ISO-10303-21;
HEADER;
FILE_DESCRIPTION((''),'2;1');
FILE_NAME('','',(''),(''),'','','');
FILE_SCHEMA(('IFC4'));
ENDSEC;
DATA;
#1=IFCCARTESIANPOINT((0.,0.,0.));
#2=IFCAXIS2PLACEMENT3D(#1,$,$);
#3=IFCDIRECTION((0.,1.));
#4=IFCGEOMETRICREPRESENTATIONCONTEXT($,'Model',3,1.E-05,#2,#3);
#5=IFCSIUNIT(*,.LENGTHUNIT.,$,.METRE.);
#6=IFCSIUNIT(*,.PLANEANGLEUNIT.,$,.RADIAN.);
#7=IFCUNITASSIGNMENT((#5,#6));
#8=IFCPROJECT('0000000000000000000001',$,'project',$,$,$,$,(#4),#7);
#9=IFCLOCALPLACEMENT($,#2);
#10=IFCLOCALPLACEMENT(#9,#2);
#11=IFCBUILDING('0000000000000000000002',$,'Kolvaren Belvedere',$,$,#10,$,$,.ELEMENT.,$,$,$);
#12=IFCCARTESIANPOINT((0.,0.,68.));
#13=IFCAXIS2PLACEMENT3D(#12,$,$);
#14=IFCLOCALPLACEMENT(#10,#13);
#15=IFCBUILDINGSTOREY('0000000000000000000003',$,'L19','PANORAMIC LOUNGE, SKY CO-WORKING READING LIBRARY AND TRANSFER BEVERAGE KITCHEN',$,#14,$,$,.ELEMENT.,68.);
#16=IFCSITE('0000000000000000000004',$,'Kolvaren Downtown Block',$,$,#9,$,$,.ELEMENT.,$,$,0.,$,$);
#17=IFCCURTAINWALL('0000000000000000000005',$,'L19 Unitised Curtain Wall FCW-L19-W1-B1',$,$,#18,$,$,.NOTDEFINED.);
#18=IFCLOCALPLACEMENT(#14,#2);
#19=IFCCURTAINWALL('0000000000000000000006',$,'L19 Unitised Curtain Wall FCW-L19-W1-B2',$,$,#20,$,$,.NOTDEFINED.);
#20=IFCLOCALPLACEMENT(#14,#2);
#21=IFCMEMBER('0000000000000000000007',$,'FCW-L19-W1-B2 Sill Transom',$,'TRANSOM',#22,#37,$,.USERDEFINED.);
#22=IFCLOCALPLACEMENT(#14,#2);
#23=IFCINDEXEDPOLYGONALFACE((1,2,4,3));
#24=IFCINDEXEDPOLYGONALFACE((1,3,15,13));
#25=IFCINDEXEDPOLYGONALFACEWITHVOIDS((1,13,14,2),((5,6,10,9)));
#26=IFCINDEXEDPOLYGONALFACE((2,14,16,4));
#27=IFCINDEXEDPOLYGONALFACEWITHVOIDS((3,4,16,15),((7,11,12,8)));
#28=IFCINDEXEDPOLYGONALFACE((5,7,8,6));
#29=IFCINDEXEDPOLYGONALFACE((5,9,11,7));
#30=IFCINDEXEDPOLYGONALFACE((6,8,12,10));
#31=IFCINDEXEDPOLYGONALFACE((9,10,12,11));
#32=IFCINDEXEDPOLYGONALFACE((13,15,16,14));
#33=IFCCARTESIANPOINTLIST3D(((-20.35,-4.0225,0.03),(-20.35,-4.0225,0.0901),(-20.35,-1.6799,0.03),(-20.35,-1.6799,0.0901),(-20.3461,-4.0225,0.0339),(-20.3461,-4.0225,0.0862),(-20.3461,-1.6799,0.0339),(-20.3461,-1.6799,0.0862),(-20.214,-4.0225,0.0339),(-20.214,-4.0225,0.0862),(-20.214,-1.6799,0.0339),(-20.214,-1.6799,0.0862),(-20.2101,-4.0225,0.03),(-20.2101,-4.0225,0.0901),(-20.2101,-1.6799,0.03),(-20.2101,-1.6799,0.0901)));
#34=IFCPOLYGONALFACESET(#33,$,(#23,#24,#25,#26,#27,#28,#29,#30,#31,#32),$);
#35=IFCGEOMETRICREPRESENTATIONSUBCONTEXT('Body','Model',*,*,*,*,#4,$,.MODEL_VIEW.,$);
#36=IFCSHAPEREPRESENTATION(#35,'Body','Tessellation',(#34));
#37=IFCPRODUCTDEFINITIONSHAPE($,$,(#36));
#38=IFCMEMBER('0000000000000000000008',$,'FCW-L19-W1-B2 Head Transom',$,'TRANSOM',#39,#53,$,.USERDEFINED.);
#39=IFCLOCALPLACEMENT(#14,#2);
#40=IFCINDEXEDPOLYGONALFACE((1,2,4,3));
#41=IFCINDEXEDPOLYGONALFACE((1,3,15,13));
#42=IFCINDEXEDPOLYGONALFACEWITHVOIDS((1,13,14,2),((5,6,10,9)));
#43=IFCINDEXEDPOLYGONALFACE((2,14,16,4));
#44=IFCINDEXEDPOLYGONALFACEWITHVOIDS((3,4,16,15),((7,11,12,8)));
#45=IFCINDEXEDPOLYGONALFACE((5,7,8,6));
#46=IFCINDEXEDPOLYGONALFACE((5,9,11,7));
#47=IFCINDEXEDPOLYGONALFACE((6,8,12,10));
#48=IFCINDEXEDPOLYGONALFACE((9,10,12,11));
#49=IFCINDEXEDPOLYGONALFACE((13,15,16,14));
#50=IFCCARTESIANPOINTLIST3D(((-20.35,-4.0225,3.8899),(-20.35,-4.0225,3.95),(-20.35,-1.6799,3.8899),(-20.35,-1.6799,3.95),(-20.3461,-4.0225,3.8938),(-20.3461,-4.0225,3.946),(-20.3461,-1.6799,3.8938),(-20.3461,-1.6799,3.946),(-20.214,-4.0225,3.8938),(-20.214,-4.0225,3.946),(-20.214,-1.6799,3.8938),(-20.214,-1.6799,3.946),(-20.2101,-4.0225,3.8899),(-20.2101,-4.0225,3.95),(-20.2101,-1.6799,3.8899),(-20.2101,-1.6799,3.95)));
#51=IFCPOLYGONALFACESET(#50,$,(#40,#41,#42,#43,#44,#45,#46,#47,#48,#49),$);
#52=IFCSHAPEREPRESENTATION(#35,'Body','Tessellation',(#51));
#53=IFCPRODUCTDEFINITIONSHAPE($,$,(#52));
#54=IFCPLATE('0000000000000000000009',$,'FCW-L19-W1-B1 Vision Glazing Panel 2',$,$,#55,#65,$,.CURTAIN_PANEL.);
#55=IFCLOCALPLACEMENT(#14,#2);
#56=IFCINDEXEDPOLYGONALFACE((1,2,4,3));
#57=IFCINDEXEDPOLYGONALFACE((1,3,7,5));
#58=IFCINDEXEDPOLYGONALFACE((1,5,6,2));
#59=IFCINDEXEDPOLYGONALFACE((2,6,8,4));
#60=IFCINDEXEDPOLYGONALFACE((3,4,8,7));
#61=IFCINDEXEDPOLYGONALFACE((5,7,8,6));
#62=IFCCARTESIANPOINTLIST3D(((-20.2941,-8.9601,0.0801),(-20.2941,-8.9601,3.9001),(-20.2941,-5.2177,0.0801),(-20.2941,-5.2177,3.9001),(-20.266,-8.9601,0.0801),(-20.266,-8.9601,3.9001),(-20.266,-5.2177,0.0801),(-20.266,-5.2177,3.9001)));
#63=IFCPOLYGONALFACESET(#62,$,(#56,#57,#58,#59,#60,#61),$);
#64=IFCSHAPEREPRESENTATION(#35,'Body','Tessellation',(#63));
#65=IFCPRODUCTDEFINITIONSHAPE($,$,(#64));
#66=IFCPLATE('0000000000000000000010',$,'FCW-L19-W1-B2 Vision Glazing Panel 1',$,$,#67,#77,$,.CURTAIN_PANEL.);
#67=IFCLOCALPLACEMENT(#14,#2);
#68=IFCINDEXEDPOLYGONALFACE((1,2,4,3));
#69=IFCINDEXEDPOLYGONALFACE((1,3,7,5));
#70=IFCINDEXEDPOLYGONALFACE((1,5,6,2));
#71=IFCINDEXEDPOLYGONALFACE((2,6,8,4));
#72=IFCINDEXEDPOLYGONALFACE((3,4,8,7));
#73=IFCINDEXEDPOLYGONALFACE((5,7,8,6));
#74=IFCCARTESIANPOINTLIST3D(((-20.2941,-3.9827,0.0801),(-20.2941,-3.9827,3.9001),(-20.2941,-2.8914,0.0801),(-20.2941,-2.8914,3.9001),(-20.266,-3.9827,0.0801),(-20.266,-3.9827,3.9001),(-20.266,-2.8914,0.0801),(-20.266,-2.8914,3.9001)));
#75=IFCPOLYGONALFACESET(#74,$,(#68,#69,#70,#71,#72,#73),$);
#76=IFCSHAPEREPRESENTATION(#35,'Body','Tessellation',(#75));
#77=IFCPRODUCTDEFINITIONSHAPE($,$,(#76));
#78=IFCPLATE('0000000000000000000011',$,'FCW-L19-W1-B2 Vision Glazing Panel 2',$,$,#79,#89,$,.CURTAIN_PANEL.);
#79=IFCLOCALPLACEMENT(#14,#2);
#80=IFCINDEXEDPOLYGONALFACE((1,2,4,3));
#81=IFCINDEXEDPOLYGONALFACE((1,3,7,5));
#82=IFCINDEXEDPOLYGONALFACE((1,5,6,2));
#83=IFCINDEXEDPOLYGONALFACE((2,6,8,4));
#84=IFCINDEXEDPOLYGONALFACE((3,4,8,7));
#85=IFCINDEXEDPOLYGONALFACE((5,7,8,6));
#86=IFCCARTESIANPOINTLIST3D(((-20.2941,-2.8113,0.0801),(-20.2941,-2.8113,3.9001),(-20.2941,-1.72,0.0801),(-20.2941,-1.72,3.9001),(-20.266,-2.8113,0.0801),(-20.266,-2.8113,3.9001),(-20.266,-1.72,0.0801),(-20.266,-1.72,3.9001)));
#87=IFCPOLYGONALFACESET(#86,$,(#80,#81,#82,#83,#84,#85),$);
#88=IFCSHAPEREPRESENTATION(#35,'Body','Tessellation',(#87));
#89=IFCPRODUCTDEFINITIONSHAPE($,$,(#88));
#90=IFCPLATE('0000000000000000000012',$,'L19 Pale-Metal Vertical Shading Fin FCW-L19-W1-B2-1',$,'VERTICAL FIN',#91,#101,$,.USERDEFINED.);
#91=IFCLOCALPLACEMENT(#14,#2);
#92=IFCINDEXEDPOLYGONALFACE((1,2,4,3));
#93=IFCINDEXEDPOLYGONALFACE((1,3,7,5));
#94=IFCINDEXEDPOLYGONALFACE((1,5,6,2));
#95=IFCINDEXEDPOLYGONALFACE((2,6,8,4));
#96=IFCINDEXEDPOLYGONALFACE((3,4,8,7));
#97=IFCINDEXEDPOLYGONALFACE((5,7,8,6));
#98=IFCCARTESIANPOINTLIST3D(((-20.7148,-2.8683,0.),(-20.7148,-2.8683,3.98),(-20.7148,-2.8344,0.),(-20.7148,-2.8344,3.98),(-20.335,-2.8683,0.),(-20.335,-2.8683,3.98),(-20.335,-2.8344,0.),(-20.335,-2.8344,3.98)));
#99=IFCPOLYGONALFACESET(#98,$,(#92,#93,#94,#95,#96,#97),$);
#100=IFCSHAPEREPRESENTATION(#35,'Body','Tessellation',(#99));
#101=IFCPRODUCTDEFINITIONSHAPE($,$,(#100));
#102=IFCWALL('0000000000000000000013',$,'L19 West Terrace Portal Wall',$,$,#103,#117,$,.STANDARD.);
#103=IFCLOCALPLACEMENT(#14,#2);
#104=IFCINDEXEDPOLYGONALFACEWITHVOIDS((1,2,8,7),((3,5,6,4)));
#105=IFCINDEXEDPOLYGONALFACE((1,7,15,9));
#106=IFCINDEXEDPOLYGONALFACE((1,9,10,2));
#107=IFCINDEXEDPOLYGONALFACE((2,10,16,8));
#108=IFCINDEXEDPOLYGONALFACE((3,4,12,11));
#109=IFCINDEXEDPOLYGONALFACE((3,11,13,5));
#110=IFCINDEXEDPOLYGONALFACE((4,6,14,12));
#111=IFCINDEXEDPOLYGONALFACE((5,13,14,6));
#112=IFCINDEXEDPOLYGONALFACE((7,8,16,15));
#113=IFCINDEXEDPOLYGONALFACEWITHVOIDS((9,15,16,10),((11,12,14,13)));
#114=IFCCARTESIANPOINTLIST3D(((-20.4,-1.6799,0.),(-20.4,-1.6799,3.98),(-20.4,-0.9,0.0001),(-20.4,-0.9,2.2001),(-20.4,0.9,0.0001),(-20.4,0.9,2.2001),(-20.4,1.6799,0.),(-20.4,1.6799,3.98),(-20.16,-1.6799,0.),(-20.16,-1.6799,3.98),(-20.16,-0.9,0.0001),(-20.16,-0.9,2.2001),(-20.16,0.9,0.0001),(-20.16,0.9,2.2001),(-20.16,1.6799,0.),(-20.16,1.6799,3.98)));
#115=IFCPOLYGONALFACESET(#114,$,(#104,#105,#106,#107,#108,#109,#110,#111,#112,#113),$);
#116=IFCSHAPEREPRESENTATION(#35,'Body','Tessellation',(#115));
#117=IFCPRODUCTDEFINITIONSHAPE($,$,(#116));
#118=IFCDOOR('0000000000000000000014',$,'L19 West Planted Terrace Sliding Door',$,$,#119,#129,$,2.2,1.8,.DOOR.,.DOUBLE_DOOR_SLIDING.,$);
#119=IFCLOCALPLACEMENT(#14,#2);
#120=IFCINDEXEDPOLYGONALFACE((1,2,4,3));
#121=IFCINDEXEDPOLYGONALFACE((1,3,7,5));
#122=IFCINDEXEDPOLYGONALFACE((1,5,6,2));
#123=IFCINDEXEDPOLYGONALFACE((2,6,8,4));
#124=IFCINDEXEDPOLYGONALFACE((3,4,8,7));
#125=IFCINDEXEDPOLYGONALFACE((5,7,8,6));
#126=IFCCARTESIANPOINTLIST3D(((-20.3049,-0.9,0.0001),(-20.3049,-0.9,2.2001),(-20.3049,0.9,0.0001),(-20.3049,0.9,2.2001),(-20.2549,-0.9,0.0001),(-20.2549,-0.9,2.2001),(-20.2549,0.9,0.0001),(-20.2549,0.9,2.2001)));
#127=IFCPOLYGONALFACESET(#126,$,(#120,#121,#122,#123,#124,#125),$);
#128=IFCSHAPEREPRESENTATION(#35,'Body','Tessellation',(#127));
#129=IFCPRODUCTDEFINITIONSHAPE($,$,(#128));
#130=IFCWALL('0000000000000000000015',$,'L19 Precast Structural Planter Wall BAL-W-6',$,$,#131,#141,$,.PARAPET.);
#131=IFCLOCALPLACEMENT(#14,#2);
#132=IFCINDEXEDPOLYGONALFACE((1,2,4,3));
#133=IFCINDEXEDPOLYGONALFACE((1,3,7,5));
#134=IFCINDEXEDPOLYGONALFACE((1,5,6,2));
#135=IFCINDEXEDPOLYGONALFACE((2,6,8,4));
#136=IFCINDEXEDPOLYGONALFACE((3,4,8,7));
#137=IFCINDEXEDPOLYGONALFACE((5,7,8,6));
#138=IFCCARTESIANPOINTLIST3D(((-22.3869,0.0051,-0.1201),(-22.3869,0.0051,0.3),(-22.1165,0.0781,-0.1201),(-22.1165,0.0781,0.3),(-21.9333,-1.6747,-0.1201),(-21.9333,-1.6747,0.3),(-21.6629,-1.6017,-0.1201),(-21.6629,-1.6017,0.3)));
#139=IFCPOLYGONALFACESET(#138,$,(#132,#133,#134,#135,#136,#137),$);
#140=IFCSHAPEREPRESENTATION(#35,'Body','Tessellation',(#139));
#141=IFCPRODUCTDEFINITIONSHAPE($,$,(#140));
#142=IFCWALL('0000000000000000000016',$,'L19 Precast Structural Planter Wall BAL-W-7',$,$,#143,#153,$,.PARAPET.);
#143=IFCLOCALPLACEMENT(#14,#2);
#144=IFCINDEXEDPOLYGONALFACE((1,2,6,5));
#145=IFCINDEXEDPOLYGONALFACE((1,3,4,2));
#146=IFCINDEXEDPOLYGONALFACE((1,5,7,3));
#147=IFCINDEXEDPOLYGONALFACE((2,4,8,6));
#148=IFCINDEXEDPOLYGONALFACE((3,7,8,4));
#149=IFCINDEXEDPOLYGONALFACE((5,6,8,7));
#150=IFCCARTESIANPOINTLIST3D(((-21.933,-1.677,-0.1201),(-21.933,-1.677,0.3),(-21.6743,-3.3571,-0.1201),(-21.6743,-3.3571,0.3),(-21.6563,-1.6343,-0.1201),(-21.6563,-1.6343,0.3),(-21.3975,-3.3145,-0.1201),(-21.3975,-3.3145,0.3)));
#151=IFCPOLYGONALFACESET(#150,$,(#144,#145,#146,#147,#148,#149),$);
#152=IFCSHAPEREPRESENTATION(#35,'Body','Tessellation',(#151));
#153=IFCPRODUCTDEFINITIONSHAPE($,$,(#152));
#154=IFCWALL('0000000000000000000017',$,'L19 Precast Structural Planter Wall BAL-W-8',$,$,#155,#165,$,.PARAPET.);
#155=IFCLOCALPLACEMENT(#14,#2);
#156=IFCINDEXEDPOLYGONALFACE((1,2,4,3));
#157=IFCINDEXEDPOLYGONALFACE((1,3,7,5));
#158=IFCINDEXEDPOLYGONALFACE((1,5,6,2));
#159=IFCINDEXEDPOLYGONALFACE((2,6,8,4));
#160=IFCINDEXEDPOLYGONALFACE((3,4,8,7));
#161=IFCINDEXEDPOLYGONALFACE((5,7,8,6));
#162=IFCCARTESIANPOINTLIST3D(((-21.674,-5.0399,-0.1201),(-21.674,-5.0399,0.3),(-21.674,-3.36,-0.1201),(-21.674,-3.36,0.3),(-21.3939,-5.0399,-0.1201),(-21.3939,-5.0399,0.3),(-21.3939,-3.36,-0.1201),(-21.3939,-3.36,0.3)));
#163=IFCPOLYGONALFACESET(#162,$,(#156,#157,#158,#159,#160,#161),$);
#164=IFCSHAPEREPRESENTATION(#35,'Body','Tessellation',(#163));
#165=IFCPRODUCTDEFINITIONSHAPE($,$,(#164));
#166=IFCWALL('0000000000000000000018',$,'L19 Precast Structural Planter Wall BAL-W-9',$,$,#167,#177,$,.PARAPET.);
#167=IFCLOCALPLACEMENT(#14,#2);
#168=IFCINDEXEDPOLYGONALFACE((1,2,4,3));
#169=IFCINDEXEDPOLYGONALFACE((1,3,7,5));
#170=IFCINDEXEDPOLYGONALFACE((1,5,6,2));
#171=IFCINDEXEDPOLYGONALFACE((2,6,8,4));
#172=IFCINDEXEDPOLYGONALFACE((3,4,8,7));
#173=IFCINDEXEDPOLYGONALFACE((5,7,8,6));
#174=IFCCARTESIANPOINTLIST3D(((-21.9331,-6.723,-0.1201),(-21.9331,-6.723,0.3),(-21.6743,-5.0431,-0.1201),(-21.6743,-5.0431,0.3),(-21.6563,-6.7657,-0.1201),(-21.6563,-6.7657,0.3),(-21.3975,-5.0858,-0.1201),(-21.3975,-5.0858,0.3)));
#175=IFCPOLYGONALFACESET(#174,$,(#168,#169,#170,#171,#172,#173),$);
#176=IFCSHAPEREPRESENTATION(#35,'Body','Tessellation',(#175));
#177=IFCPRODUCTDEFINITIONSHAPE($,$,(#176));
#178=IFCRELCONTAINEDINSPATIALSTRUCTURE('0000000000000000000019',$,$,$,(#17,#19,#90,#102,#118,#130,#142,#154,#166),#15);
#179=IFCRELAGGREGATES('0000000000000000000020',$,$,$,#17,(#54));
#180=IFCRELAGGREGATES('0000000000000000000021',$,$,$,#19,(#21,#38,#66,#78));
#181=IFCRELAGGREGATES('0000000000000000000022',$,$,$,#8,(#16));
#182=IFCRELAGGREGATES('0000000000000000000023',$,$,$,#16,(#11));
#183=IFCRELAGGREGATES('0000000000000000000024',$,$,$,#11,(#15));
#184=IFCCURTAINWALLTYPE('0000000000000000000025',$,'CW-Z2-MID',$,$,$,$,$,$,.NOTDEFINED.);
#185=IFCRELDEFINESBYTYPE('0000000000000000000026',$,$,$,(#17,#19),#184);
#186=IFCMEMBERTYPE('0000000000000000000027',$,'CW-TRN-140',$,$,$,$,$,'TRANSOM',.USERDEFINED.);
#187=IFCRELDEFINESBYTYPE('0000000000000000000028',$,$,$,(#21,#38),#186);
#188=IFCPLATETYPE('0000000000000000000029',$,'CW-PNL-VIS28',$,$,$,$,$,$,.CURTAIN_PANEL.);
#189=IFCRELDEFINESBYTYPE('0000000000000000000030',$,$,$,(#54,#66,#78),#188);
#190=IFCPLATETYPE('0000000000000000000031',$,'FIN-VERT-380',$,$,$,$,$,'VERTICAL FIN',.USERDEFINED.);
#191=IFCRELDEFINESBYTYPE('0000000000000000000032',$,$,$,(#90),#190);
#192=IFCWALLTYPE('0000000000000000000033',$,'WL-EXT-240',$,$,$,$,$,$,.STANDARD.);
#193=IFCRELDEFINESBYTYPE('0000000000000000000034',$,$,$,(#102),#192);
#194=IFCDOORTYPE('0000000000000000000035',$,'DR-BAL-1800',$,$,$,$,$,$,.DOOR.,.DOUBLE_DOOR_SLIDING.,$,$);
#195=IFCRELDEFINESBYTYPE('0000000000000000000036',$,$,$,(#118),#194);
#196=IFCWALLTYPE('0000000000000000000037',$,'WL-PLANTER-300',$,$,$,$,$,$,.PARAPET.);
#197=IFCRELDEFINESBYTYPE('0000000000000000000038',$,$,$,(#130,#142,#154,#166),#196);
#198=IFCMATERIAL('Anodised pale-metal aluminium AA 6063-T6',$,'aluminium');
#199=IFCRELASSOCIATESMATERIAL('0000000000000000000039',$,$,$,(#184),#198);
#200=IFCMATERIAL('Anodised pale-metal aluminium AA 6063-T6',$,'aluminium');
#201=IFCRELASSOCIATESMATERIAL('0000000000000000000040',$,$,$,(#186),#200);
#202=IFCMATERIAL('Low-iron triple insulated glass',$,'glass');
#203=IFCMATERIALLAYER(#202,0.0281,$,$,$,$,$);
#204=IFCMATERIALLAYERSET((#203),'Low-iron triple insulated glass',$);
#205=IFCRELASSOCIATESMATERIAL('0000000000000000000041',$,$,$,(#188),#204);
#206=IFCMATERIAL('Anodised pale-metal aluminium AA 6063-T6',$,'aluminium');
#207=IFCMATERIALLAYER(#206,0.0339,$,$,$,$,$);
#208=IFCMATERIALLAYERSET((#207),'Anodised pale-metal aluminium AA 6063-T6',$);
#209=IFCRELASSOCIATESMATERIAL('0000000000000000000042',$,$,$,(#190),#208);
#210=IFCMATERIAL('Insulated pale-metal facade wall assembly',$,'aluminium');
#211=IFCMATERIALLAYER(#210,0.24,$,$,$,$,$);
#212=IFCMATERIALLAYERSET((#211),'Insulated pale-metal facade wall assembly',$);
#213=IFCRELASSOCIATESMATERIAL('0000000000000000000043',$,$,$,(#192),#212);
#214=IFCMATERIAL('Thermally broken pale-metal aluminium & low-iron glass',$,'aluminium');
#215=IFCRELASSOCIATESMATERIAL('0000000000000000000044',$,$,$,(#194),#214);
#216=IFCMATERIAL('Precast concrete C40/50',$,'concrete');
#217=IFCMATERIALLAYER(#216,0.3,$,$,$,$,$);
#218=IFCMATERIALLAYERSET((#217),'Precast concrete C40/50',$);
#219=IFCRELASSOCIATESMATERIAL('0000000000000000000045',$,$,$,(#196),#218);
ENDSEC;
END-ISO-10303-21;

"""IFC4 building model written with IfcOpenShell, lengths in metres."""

from ifc_helpers import new_model, si_unit, direction, frame, frame_2d, origin, origin_2d, place, context, subcontext, project, spatial, rectangle, hollow_rectangle, extrude, material, layer, layer_set, material_profile, profile_set, type_object, element, fill, aggregate, save


model = new_model("IFC4")

# Units and contexts
model_context = context("Model", 3, precision=1e-05, world=origin(), true_north=direction((0.0, 1.0)))
body_context = subcontext(model_context, "Body", "Model", "MODEL_VIEW")
ifc_project = project(units=[si_unit("LENGTHUNIT", "METRE"), si_unit("PLANEANGLEUNIT", "RADIAN")], contexts=[model_context])

# Site, building, storey
site_placement = place(None, origin())
site = spatial("IfcSite", under=ifc_project, at=site_placement, Name="Kolvaren Downtown Block", CompositionType="ELEMENT", RefElevation=0.0)
building_placement = place(site_placement, origin())
building = spatial("IfcBuilding", under=site, at=building_placement, Name="Kolvaren Belvedere", CompositionType="ELEMENT")
storey_placement = place(building_placement, frame((0.0, 0.0, 68.0)))
storey = spatial("IfcBuildingStorey", under=building, at=storey_placement, Name="L19", Description="PANORAMIC LOUNGE, SKY CO-WORKING READING LIBRARY AND TRANSFER BEVERAGE KITCHEN", CompositionType="ELEMENT", Elevation=68.0)

# Curtain wall
ifc_material_1 = material(Name="Anodised pale-metal aluminium AA 6063-T6", Category="aluminium")
curtain_wall_type = type_object("IfcCurtainWallType", Name="CW-Z2-MID", PredefinedType="NOTDEFINED", material=ifc_material_1)
curtain_wall_1_placement = place(storey_placement, origin())
curtain_wall_1 = element("IfcCurtainWall", 1, at=curtain_wall_1_placement, inside=storey, type_object=curtain_wall_type, Name="L19 Unitised Curtain Wall FCW-L19-W1-B1", PredefinedType="NOTDEFINED")

# Curtain wall, members
curtain_wall_2_placement = place(storey_placement, origin())
curtain_wall_2 = element("IfcCurtainWall", 2, at=curtain_wall_2_placement, inside=storey, type_object=curtain_wall_type, Name="L19 Unitised Curtain Wall FCW-L19-W1-B2", PredefinedType="NOTDEFINED")
ifc_material_2 = material(Name="Anodised pale-metal aluminium AA 6063-T6", Category="aluminium")
ifc_material_profile_1 = material_profile(ifc_material_2, hollow_rectangle(XDim=0.0601, YDim=0.1399, WallThickness=0.0039, at=origin_2d()), Name="ALU-TRN-140X60")
ifc_profile_set_1 = profile_set([ifc_material_profile_1], Name="Anodised pale-metal aluminium AA 6063-T6")
member_type_1 = type_object("IfcMemberType", Name="CW-TRN-140", ElementType="TRANSOM", PredefinedType="USERDEFINED", material=ifc_profile_set_1)
member_1_placement = place(storey_placement, frame((-20.28, -4.0225, 0.0601), z_axis=(0.0, 1.0, 0.0), x_axis=(0.0, 0.0, 1.0)))
member_1 = element("IfcMember", 3, at=member_1_placement, type_object=member_type_1, Name="FCW-L19-W1-B2 Sill Transom", ObjectType="TRANSOM", PredefinedType="USERDEFINED", context=body_context, shape_type="SweptSolid", body=[
    extrude(hollow_rectangle(XDim=0.0601, YDim=0.1399, WallThickness=0.0039, at=origin_2d()), origin(), (0.0, 0.0, 1.0), 2.3425),
])
member_2_placement = place(storey_placement, frame((-20.28, -4.0225, 3.9199), z_axis=(0.0, 1.0, 0.0), x_axis=(0.0, 0.0, 1.0)))
member_2 = element("IfcMember", 4, at=member_2_placement, type_object=member_type_1, Name="FCW-L19-W1-B2 Head Transom", ObjectType="TRANSOM", PredefinedType="USERDEFINED", context=body_context, shape_type="SweptSolid", body=[
    extrude(hollow_rectangle(XDim=0.0601, YDim=0.1399, WallThickness=0.0039, at=origin_2d()), origin(), (0.0, 0.0, 1.0), 2.3425),
])

# Plates
ifc_material_3 = material(Name="Low-iron triple insulated glass", Category="glass")
ifc_layer_1 = layer(ifc_material_3, 0.0281)
ifc_layer_set_1 = layer_set([ifc_layer_1], Name="Low-iron triple insulated glass")
plate_type_1 = type_object("IfcPlateType", Name="CW-PNL-VIS28", PredefinedType="CURTAIN_PANEL", material=ifc_layer_set_1)
plate_1_placement = place(storey_placement, frame((-20.28, -7.0889, 0.0801), z_axis=(0.0, 0.0, 1.0), x_axis=(0.0, 1.0, 0.0)))
plate_1 = element("IfcPlate", 5, at=plate_1_placement, type_object=plate_type_1, Name="FCW-L19-W1-B1 Vision Glazing Panel 2", PredefinedType="CURTAIN_PANEL", context=body_context, shape_type="SweptSolid", body=[
    extrude(rectangle(XDim=3.7424, YDim=0.0281, at=origin_2d()), origin(), (0.0, 0.0, 1.0), 3.8201),
])
aggregate(curtain_wall_1, [plate_1])
plate_2_placement = place(storey_placement, frame((-20.28, -3.437, 0.0801), z_axis=(0.0, 0.0, 1.0), x_axis=(0.0, 1.0, 0.0)))
plate_2 = element("IfcPlate", 6, at=plate_2_placement, type_object=plate_type_1, Name="FCW-L19-W1-B2 Vision Glazing Panel 1", PredefinedType="CURTAIN_PANEL", context=body_context, shape_type="SweptSolid", body=[
    extrude(rectangle(XDim=1.0913, YDim=0.0281, at=origin_2d()), origin(), (0.0, 0.0, 1.0), 3.8201),
])
plate_3_placement = place(storey_placement, frame((-20.28, -2.2656, 0.0801), z_axis=(0.0, 0.0, 1.0), x_axis=(0.0, 1.0, 0.0)))
plate_3 = element("IfcPlate", 7, at=plate_3_placement, type_object=plate_type_1, Name="FCW-L19-W1-B2 Vision Glazing Panel 2", PredefinedType="CURTAIN_PANEL", context=body_context, shape_type="SweptSolid", body=[
    extrude(rectangle(XDim=1.0913, YDim=0.0281, at=origin_2d()), origin(), (0.0, 0.0, 1.0), 3.8201),
])
aggregate(curtain_wall_2, [member_1, member_2, plate_2, plate_3])
ifc_material_4 = material(Name="Anodised pale-metal aluminium AA 6063-T6", Category="aluminium")
ifc_layer_2 = layer(ifc_material_4, 0.0339)
ifc_layer_set_2 = layer_set([ifc_layer_2], Name="Anodised pale-metal aluminium AA 6063-T6")
plate_type_2 = type_object("IfcPlateType", Name="FIN-VERT-380", ElementType="VERTICAL FIN", PredefinedType="USERDEFINED", material=ifc_layer_set_2)
plate_4_placement = place(storey_placement, frame((-20.5249, -2.8513, 0.0), z_axis=(0.0, 0.0, 1.0), x_axis=(1.0, 0.0, 0.0)))
element("IfcPlate", 8, at=plate_4_placement, inside=storey, type_object=plate_type_2, Name="L19 Pale-Metal Vertical Shading Fin FCW-L19-W1-B2-1", ObjectType="VERTICAL FIN", PredefinedType="USERDEFINED", context=body_context, shape_type="SweptSolid", body=[
    extrude(rectangle(XDim=0.3799, YDim=0.0339, at=origin_2d()), origin(), (0.0, 0.0, 1.0), 3.98),
])

# Wall, opening, door
ifc_material_5 = material(Name="Insulated pale-metal facade wall assembly", Category="aluminium")
ifc_layer_3 = layer(ifc_material_5, 0.24)
ifc_layer_set_3 = layer_set([ifc_layer_3], Name="Insulated pale-metal facade wall assembly")
wall_type_1 = type_object("IfcWallType", Name="WL-EXT-240", PredefinedType="STANDARD", material=ifc_layer_set_3)
wall_1_placement = place(storey_placement, frame((-20.28, -1.6799, 0.0), z_axis=(0.0, 0.0, 1.0), x_axis=(0.0, 1.0, 0.0)))
wall_1 = element("IfcWall", 9, at=wall_1_placement, inside=storey, type_object=wall_type_1, Name="L19 West Terrace Portal Wall", PredefinedType="STANDARD", context=body_context, shape_type="SweptSolid", body=[
    extrude(rectangle(XDim=3.3599, YDim=0.24, at=frame_2d((1.6799, 0.0))), origin(), (0.0, 0.0, 1.0), 3.98),
])
opening_placement = place(wall_1_placement, frame((0.78, 0.0, 0.0)))
opening = element("IfcOpeningElement", 10, at=opening_placement, cuts=wall_1, PredefinedType="OPENING", context=body_context, shape_type="SweptSolid", body=[
    extrude(rectangle(XDim=1.8, YDim=2.2, at=frame_2d((0.8999, 1.1001))), frame((0.0, 0.1299, 0.0), z_axis=(0.0, -1.0, 0.0), x_axis=(1.0, 0.0, 0.0)), (0.0, 0.0, 1.0), 0.26),
])
ifc_material_6 = material(Name="Thermally broken pale-metal aluminium & low-iron glass", Category="aluminium")
door_type = type_object("IfcDoorType", Name="DR-BAL-1800", OperationType="DOUBLE_DOOR_SLIDING", PredefinedType="DOOR", material=ifc_material_6)
door_placement = place(opening_placement, origin())
door = element("IfcDoor", 11, at=door_placement, inside=storey, type_object=door_type, Name="L19 West Planted Terrace Sliding Door", OperationType="DOUBLE_DOOR_SLIDING", OverallHeight=2.2, OverallWidth=1.8, PredefinedType="DOOR", context=body_context, shape_type="SweptSolid", body=[
    extrude(rectangle(XDim=1.8, YDim=2.2, at=frame_2d((0.8999, 1.1001))), frame((0.0, 0.0249, 0.0), z_axis=(0.0, -1.0, 0.0), x_axis=(1.0, 0.0, 0.0)), (0.0, 0.0, 1.0), 0.05),
])
fill(opening, door)

# Walls
ifc_material_7 = material(Name="Precast concrete C40/50", Category="concrete")
ifc_layer_4 = layer(ifc_material_7, 0.3)
ifc_layer_set_4 = layer_set([ifc_layer_4], Name="Precast concrete C40/50")
wall_type_2 = type_object("IfcWallType", Name="WL-PLANTER-300", PredefinedType="PARAPET", material=ifc_layer_set_4)
wall_2_placement = place(storey_placement, frame((-22.2517, 0.0417, -0.1201), z_axis=(0.0, 0.0, 1.0), x_axis=(0.260683, -0.965424, 0.0)))
element("IfcWall", 12, at=wall_2_placement, inside=storey, type_object=wall_type_2, Name="L19 Precast Structural Planter Wall BAL-W-6", PredefinedType="PARAPET", context=body_context, shape_type="SweptSolid", body=[
    extrude(rectangle(XDim=1.74, YDim=0.28, at=frame_2d((0.8701, 0.0))), origin(), (0.0, 0.0, 1.0), 0.4202),
])
wall_3_placement = place(storey_placement, frame((-21.7947, -1.6555, -0.1201), z_axis=(0.0, 0.0, 1.0), x_axis=(0.15223, -0.988345, 0.0)))
element("IfcWall", 13, at=wall_3_placement, inside=storey, type_object=wall_type_2, Name="L19 Precast Structural Planter Wall BAL-W-7", PredefinedType="PARAPET", context=body_context, shape_type="SweptSolid", body=[
    extrude(rectangle(XDim=1.7, YDim=0.28, at=frame_2d((0.8501, 0.0))), origin(), (0.0, 0.0, 1.0), 0.4202),
])
wall_4_placement = place(storey_placement, frame((-21.5339, -3.3601, -0.1201), z_axis=(0.0, 0.0, 1.0), x_axis=(0.0, -1.0, 0.0)))
element("IfcWall", 14, at=wall_4_placement, inside=storey, type_object=wall_type_2, Name="L19 Precast Structural Planter Wall BAL-W-8", PredefinedType="PARAPET", context=body_context, shape_type="SweptSolid", body=[
    extrude(rectangle(XDim=1.6799, YDim=0.28, at=frame_2d((0.8398, 0.0))), origin(), (0.0, 0.0, 1.0), 0.4202),
])
wall_5_placement = place(storey_placement, frame((-21.5359, -5.0645, -0.1201), z_axis=(0.0, 0.0, 1.0), x_axis=(-0.152251, -0.988342, 0.0)))
element("IfcWall", 15, at=wall_5_placement, inside=storey, type_object=wall_type_2, Name="L19 Precast Structural Planter Wall BAL-W-9", PredefinedType="PARAPET", context=body_context, shape_type="SweptSolid", body=[
    extrude(rectangle(XDim=1.6997, YDim=0.28, at=frame_2d((0.8499, 0.0))), origin(), (0.0, 0.0, 1.0), 0.4202),
])

save(model, "model.ifc")
